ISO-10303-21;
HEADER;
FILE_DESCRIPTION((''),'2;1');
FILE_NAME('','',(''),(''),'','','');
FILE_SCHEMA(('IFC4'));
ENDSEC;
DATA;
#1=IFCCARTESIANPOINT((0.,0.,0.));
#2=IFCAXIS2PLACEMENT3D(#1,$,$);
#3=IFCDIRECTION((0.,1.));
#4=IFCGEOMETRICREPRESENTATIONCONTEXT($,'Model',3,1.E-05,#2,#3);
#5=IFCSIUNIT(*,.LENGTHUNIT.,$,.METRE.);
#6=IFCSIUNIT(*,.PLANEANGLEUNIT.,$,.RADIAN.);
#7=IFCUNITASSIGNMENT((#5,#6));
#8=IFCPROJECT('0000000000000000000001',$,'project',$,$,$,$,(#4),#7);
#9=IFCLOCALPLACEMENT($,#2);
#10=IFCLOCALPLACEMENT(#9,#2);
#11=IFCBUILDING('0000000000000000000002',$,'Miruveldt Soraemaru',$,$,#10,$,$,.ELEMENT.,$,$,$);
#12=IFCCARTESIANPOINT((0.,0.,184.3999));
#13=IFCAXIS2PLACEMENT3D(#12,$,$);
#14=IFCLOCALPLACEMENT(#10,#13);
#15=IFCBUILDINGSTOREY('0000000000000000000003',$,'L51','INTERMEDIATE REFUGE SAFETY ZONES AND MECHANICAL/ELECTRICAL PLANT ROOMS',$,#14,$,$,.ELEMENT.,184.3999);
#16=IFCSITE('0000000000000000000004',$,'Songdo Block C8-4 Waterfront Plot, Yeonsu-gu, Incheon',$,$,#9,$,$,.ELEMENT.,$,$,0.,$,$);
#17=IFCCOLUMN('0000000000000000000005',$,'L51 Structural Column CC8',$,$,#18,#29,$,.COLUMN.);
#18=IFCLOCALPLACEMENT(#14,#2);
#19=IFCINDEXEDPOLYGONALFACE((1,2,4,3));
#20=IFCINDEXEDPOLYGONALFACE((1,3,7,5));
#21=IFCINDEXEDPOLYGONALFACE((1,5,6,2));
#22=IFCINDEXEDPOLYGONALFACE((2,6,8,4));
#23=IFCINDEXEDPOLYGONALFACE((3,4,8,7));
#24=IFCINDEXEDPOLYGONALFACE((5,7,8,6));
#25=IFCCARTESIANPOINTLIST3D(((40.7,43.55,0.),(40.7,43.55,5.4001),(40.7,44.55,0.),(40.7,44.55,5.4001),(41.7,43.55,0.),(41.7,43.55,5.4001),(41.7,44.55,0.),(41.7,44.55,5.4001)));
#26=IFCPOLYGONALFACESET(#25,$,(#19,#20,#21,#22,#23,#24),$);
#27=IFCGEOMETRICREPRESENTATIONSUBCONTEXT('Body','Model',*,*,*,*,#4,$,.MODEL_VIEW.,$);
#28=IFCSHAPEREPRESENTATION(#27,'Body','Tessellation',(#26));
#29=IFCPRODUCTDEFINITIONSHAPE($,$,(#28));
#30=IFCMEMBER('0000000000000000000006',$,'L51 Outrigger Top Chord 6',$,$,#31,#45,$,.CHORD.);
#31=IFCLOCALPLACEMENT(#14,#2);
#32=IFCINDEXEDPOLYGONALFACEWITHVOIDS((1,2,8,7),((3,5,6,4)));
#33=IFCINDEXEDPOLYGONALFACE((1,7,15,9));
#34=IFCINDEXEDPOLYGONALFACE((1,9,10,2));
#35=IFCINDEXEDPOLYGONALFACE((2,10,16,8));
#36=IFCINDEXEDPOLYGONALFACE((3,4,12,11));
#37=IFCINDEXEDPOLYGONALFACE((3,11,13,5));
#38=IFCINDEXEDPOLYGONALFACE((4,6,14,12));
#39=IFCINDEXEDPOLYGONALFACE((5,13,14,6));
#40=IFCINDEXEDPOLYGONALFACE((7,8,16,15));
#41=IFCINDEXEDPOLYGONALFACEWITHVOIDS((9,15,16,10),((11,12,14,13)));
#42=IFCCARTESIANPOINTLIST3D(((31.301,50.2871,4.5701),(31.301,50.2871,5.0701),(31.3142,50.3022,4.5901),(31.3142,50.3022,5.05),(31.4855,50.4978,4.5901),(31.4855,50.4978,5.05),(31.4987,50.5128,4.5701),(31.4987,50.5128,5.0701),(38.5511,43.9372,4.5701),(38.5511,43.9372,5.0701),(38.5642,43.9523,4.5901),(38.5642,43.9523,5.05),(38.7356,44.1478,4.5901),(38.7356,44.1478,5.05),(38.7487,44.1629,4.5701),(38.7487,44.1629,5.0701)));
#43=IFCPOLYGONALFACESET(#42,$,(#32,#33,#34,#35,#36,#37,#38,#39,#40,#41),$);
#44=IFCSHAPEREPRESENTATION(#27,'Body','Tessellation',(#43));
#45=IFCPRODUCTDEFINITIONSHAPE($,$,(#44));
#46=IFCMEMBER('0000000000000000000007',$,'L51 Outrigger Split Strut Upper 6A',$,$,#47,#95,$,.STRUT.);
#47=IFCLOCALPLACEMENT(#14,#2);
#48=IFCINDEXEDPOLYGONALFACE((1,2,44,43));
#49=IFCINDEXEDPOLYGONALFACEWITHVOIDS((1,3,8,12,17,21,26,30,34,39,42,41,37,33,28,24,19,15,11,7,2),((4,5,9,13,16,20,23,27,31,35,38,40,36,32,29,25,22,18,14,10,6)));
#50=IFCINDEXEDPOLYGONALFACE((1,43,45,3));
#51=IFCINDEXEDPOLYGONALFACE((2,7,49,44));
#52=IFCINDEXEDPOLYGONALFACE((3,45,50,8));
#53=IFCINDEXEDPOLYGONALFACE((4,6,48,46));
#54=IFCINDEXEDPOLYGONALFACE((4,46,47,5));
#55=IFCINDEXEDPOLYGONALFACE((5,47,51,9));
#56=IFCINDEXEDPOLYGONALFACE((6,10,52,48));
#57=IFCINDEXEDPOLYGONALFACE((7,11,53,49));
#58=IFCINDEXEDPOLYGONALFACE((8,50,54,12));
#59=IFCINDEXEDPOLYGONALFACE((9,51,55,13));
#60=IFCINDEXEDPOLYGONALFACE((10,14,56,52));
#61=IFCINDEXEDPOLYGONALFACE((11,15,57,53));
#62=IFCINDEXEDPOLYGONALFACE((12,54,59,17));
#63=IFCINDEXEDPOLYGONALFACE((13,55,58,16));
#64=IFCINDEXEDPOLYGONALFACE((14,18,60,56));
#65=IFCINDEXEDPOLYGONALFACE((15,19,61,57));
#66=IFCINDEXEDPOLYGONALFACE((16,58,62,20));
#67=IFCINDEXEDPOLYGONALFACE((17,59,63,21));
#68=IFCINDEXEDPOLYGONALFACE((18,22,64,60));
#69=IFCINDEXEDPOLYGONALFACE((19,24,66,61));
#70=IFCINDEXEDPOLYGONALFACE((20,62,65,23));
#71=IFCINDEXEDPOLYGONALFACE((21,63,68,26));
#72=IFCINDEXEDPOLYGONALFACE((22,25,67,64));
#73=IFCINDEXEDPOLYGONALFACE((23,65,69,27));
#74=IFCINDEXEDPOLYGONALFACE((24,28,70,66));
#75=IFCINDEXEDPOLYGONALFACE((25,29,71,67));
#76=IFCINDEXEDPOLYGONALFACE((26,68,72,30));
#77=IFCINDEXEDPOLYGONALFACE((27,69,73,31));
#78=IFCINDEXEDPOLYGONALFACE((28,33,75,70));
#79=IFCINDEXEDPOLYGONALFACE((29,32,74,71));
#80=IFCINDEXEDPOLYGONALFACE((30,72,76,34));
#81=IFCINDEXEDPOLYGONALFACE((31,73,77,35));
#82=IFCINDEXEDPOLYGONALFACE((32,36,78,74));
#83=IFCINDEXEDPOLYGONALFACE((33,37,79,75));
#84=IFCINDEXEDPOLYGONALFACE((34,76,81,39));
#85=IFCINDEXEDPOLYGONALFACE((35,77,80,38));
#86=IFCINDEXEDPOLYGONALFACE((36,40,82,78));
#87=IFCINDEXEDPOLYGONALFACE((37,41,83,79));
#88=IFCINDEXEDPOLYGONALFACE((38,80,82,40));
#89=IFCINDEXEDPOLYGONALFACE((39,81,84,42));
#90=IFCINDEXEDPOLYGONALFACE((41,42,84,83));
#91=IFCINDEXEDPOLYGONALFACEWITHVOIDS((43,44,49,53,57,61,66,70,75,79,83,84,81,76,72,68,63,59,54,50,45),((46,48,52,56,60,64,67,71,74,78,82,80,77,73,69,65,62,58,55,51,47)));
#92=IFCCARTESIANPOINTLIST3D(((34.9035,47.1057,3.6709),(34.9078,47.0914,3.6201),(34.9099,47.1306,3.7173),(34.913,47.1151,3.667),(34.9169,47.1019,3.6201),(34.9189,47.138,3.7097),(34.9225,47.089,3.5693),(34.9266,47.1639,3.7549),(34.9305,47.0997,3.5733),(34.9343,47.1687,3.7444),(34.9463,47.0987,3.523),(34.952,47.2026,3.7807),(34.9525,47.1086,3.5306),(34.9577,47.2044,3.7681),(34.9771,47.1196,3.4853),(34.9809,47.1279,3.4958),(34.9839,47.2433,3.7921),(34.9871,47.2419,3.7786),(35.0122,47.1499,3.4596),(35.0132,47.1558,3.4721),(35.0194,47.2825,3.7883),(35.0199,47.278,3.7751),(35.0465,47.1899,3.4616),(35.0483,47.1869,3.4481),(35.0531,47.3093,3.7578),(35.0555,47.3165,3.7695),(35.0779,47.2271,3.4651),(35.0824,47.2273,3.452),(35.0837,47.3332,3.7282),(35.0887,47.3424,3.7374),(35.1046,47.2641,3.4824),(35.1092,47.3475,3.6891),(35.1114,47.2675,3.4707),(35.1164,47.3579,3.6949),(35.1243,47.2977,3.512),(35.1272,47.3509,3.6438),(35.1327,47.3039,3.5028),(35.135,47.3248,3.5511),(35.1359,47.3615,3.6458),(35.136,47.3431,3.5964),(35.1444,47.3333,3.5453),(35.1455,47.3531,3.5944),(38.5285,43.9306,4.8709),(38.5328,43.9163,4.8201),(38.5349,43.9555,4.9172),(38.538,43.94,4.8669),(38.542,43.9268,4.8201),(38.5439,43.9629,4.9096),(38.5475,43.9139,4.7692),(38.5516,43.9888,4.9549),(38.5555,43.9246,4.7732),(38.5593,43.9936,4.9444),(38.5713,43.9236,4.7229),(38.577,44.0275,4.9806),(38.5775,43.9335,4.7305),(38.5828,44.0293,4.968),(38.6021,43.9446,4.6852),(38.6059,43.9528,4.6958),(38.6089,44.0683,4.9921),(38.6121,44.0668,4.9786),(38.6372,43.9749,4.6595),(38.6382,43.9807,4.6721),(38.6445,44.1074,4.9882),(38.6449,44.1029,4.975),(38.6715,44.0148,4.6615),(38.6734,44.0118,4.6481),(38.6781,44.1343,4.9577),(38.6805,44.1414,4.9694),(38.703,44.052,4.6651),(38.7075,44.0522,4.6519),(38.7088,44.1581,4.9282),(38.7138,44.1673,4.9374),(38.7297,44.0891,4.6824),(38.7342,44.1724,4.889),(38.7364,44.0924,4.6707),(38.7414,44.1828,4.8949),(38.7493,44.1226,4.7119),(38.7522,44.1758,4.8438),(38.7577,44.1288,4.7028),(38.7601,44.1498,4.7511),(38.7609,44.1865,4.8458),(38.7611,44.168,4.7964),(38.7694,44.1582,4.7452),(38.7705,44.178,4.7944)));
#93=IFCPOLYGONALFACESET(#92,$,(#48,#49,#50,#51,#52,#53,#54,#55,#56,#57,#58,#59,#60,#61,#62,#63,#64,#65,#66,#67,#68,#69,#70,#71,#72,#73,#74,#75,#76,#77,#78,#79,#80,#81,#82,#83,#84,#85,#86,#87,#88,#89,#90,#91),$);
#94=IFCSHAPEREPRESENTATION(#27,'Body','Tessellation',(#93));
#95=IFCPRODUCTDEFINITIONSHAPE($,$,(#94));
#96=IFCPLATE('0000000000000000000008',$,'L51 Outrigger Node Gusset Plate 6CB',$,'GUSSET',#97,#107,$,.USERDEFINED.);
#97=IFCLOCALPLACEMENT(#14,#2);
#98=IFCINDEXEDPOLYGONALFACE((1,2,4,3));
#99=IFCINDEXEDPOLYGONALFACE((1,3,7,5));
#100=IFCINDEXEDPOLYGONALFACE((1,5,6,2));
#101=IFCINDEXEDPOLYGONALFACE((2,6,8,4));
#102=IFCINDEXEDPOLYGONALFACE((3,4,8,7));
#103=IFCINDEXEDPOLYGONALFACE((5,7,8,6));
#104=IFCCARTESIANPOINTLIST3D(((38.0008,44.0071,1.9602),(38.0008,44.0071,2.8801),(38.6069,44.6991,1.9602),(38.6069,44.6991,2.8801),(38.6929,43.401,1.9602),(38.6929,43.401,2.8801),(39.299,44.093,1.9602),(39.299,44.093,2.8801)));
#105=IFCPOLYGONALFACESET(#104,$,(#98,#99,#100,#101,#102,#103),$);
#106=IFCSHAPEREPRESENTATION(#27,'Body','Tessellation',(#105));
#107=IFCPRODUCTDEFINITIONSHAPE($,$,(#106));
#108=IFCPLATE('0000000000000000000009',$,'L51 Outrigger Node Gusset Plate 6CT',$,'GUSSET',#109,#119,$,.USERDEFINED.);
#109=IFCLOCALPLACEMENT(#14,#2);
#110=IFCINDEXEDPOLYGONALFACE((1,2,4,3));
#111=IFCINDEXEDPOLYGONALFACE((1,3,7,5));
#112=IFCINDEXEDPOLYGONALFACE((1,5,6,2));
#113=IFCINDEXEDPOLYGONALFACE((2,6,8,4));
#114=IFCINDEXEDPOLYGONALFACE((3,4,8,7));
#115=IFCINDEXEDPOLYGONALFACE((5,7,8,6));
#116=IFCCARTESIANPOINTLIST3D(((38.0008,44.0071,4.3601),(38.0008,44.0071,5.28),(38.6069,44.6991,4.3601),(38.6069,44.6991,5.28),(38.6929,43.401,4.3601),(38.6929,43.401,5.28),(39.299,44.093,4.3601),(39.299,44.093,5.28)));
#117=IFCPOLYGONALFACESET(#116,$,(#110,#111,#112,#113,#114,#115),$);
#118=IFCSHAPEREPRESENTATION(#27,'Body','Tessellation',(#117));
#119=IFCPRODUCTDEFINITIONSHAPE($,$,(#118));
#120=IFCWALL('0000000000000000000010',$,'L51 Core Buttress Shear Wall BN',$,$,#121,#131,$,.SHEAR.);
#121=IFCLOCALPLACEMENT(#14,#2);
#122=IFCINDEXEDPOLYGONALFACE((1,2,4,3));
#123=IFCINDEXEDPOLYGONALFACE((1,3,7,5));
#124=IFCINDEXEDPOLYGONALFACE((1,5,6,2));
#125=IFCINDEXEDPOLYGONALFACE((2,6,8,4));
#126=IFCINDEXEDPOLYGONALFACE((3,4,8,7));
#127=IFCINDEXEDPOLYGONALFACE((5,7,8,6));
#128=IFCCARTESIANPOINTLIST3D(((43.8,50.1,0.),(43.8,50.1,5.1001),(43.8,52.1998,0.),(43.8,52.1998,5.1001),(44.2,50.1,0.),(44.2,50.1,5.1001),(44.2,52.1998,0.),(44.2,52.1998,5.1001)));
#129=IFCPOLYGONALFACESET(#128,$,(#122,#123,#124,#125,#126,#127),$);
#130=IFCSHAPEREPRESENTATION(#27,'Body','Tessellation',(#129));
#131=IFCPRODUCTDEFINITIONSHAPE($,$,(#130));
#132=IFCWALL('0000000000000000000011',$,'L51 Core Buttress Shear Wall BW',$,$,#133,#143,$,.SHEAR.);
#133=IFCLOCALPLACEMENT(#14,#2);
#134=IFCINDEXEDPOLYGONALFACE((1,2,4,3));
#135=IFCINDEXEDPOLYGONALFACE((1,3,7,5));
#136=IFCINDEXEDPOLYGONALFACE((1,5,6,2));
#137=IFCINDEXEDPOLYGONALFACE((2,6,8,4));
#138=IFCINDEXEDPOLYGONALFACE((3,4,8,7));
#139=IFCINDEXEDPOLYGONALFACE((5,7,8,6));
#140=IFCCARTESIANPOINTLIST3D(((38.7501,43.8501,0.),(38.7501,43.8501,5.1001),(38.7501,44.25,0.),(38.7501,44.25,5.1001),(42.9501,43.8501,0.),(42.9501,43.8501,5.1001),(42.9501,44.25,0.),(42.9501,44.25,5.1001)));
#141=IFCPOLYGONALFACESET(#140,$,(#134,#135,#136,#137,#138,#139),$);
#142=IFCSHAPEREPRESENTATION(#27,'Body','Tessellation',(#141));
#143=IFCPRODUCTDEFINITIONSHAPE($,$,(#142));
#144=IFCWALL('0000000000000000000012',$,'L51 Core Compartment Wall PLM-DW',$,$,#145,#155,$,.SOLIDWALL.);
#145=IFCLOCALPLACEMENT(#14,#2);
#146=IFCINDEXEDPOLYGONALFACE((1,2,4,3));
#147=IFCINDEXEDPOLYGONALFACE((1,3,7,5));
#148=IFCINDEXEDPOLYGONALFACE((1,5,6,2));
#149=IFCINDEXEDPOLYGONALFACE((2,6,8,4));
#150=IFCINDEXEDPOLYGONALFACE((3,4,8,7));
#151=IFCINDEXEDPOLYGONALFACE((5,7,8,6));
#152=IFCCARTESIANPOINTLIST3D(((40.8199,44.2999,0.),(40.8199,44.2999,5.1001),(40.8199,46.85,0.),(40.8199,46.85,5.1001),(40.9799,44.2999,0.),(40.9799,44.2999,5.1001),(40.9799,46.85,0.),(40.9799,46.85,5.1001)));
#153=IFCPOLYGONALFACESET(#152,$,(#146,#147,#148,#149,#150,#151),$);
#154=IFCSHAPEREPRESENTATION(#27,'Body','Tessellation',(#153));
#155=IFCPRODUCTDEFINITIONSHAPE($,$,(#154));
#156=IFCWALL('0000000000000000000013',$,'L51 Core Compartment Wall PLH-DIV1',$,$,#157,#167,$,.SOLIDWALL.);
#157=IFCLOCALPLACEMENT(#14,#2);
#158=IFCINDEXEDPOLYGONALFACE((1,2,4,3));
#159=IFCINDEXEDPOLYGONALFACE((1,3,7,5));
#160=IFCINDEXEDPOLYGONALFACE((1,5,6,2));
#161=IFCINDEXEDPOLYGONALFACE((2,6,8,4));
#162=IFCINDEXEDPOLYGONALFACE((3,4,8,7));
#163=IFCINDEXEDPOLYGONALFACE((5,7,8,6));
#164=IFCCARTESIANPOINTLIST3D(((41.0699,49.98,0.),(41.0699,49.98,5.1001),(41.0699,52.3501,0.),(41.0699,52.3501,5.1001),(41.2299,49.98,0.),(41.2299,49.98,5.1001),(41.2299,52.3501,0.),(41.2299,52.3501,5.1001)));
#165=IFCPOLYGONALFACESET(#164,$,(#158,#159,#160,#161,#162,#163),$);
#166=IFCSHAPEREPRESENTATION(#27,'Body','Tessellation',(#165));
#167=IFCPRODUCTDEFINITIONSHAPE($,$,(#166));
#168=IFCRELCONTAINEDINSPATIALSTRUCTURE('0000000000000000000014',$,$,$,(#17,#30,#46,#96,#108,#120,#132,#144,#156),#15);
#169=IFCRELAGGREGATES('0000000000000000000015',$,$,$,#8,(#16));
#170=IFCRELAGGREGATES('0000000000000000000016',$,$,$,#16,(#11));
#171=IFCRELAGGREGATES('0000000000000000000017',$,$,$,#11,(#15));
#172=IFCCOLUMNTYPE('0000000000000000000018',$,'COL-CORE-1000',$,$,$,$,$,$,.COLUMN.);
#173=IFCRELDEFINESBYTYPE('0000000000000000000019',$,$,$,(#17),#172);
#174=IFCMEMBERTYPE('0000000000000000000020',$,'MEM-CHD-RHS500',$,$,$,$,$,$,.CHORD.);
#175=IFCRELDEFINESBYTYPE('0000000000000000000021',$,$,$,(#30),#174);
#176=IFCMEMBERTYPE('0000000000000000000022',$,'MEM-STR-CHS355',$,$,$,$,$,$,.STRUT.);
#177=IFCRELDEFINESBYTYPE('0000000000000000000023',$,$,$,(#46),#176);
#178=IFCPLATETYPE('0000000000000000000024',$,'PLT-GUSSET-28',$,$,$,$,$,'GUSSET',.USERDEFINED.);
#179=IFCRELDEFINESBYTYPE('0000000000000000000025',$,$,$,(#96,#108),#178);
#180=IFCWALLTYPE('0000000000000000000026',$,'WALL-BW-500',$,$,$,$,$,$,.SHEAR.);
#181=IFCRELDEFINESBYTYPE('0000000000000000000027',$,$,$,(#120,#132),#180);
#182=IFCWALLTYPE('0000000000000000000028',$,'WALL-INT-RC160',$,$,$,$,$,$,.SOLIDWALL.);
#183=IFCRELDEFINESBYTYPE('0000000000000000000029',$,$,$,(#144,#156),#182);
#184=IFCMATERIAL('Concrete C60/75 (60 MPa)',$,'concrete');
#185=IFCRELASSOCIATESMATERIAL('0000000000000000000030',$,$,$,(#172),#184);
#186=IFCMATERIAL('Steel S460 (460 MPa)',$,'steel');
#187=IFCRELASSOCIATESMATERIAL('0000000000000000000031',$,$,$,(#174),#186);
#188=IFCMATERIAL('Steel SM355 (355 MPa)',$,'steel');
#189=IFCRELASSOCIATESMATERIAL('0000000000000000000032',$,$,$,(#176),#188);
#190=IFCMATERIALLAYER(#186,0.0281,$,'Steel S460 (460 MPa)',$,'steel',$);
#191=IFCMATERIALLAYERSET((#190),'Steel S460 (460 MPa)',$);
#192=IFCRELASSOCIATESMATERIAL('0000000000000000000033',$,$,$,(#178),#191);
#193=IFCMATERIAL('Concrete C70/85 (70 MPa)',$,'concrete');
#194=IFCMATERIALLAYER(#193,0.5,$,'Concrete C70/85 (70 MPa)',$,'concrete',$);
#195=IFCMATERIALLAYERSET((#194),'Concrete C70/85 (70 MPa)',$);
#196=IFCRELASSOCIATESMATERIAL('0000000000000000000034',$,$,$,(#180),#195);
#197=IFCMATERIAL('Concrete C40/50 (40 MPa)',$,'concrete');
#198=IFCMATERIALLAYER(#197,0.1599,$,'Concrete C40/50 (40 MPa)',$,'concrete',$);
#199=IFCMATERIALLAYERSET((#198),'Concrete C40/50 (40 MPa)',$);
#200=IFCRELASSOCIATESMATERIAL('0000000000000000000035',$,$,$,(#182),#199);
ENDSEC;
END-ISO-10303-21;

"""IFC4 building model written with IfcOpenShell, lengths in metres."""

from ifc_helpers import new_model, si_unit, direction, frame, frame_2d, origin, origin_2d, place, context, subcontext, project, spatial, rectangle, hollow_rectangle, hollow_circle, extrude, material, layer, layer_set, material_profile, profile_set, type_object, element, save


model = new_model("IFC4")

# Units and contexts
model_context = context("Model", 3, precision=1e-05, world=origin(), true_north=direction((0.0, 1.0)))
body_context = subcontext(model_context, "Body", "Model", "MODEL_VIEW")
ifc_project = project(units=[si_unit("LENGTHUNIT", "METRE"), si_unit("PLANEANGLEUNIT", "RADIAN")], contexts=[model_context])

# Site, building, storey
site_placement = place(None, origin())
site = spatial("IfcSite", under=ifc_project, at=site_placement, Name="Songdo Block C8-4 Waterfront Plot, Yeonsu-gu, Incheon", CompositionType="ELEMENT", RefElevation=0.0)
building_placement = place(site_placement, origin())
building = spatial("IfcBuilding", under=site, at=building_placement, Name="Miruveldt Soraemaru", CompositionType="ELEMENT")
storey_placement = place(building_placement, frame((0.0, 0.0, 184.3999)))
storey = spatial("IfcBuildingStorey", under=building, at=storey_placement, Name="L51", Description="INTERMEDIATE REFUGE SAFETY ZONES AND MECHANICAL/ELECTRICAL PLANT ROOMS", CompositionType="ELEMENT", Elevation=184.3999)

# Column
ifc_material_1 = material(Name="Concrete C60/75 (60 MPa)", Category="concrete")
ifc_material_profile_1 = material_profile(ifc_material_1, rectangle(XDim=1.0, YDim=1.0, at=origin_2d()), Name="Concrete C60/75 (60 MPa)", Category="concrete")
ifc_profile_set_1 = profile_set([ifc_material_profile_1], Name="Concrete C60/75 (60 MPa)")
column_type = type_object("IfcColumnType", Name="COL-CORE-1000", PredefinedType="COLUMN", material=ifc_profile_set_1)
column_placement = place(storey_placement, frame((41.2, 44.05, 0.0), z_axis=(0.0, 0.0, 1.0), x_axis=(1.0, 0.0, 0.0)))
element("IfcColumn", 1, at=column_placement, inside=storey, type_object=column_type, Name="L51 Structural Column CC8", PredefinedType="COLUMN", context=body_context, shape_type="SweptSolid", body=[
    extrude(rectangle(XDim=1.0, YDim=1.0, at=origin_2d()), origin(), (0.0, 0.0, 1.0), 5.4001),
])

# Members
ifc_material_2 = material(Name="Steel S460 (460 MPa)", Category="steel")
ifc_material_profile_2 = material_profile(ifc_material_2, hollow_rectangle(XDim=0.3, YDim=0.5, WallThickness=0.02, at=origin_2d()), Name="Steel S460 (460 MPa)", Category="steel")
ifc_profile_set_2 = profile_set([ifc_material_profile_2], Name="Steel S460 (460 MPa)")
member_type_1 = type_object("IfcMemberType", Name="MEM-CHD-RHS500", PredefinedType="CHORD", material=ifc_profile_set_2)
member_1_placement = place(storey_placement, frame((38.6499, 44.05, 4.8201), z_axis=(-0.752263, 0.658863, 0.0), x_axis=(-0.658863, -0.752263, 0.0)))
element("IfcMember", 2, at=member_1_placement, inside=storey, type_object=member_type_1, Name="L51 Outrigger Top Chord 6", PredefinedType="CHORD", context=body_context, shape_type="SweptSolid", body=[
    extrude(hollow_rectangle(XDim=0.3, YDim=0.5, WallThickness=0.02, at=origin_2d()), origin(), (0.0, 0.0, 1.0), 9.6377),
])
ifc_material_3 = material(Name="Steel SM355 (355 MPa)", Category="steel")
ifc_material_profile_3 = material_profile(ifc_material_3, hollow_circle(Radius=0.1777, WallThickness=0.0139, at=origin_2d()), Name="Steel SM355 (355 MPa)", Category="steel")
ifc_profile_set_3 = profile_set([ifc_material_profile_3], Name="Steel SM355 (355 MPa)")
member_type_2 = type_object("IfcMemberType", Name="MEM-STR-CHS355", PredefinedType="STRUT", material=ifc_profile_set_3)
member_2_placement = place(storey_placement, frame((38.6499, 44.05, 4.8201), z_axis=(-0.72996, 0.639354, -0.241632), x_axis=(-0.658878, -0.75225, 0.0)))
element("IfcMember", 3, at=member_2_placement, inside=storey, type_object=member_type_2, Name="L51 Outrigger Split Strut Upper 6A", PredefinedType="STRUT", context=body_context, shape_type="SweptSolid", body=[
    extrude(hollow_circle(Radius=0.1777, WallThickness=0.0139, at=origin_2d()), origin(), (0.0, 0.0, 1.0), 4.9661),
])

# Plates
ifc_layer_1 = layer(ifc_material_2, 0.0281, Name="Steel S460 (460 MPa)", Category="steel")
ifc_layer_set_1 = layer_set([ifc_layer_1], Name="Steel S460 (460 MPa)")
plate_type = type_object("IfcPlateType", Name="PLT-GUSSET-28", ElementType="GUSSET", PredefinedType="USERDEFINED", material=ifc_layer_set_1)
for number, where, z_axis, x_axis, name in (
    (4, (38.6499, 44.05, 1.9602), (0.0, 0.0, 1.0), (-0.7523, 0.658821, 0.0), "L51 Outrigger Node Gusset Plate 6CB"),
    (5, (38.6499, 44.05, 4.3601), (0.0, 0.0, 1.0), (-0.7523, 0.658821, 0.0), "L51 Outrigger Node Gusset Plate 6CT"),
):
    element("IfcPlate", number, at=place(storey_placement, frame(where, z_axis=z_axis, x_axis=x_axis)), inside=storey, type_object=plate_type, Name=name, ObjectType="GUSSET", PredefinedType="USERDEFINED", context=body_context, shape_type="SweptSolid", body=[
        extrude(rectangle(XDim=0.9199, YDim=0.9199, at=origin_2d()), origin(), (0.0, 0.0, 1.0), 0.9199),
    ])

# Walls
ifc_material_4 = material(Name="Concrete C70/85 (70 MPa)", Category="concrete")
ifc_layer_2 = layer(ifc_material_4, 0.5, Name="Concrete C70/85 (70 MPa)", Category="concrete")
ifc_layer_set_2 = layer_set([ifc_layer_2], Name="Concrete C70/85 (70 MPa)")
wall_type_1 = type_object("IfcWallType", Name="WALL-BW-500", PredefinedType="SHEAR", material=ifc_layer_set_2)
wall_1_placement = place(storey_placement, frame((44.0, 50.1001, 0.0), z_axis=(0.0, 0.0, 1.0), x_axis=(0.0, 1.0, 0.0)))
element("IfcWall", 6, at=wall_1_placement, inside=storey, type_object=wall_type_1, Name="L51 Core Buttress Shear Wall BN", PredefinedType="SHEAR", context=body_context, shape_type="SweptSolid", body=[
    extrude(rectangle(XDim=2.0999, YDim=0.3999, at=frame_2d((1.0498, 0.0))), origin(), (0.0, 0.0, 1.0), 5.1001),
])
wall_2_placement = place(storey_placement, frame((38.75, 44.05, 0.0), z_axis=(0.0, 0.0, 1.0), x_axis=(1.0, 0.0, 0.0)))
element("IfcWall", 7, at=wall_2_placement, inside=storey, type_object=wall_type_1, Name="L51 Core Buttress Shear Wall BW", PredefinedType="SHEAR", context=body_context, shape_type="SweptSolid", body=[
    extrude(rectangle(XDim=4.2, YDim=0.3999, at=frame_2d((2.1001, 0.0))), origin(), (0.0, 0.0, 1.0), 5.1001),
])
ifc_material_5 = material(Name="Concrete C40/50 (40 MPa)", Category="concrete")
ifc_layer_3 = layer(ifc_material_5, 0.1599, Name="Concrete C40/50 (40 MPa)", Category="concrete")
ifc_layer_set_3 = layer_set([ifc_layer_3], Name="Concrete C40/50 (40 MPa)")
wall_type_2 = type_object("IfcWallType", Name="WALL-INT-RC160", PredefinedType="SOLIDWALL", material=ifc_layer_set_3)
wall_3_placement = place(storey_placement, frame((40.8999, 44.3, 0.0), z_axis=(0.0, 0.0, 1.0), x_axis=(0.0, 1.0, 0.0)))
element("IfcWall", 8, at=wall_3_placement, inside=storey, type_object=wall_type_2, Name="L51 Core Compartment Wall PLM-DW", PredefinedType="SOLIDWALL", context=body_context, shape_type="SweptSolid", body=[
    extrude(rectangle(XDim=2.55, YDim=0.1599, at=frame_2d((1.2749, 0.0))), origin(), (0.0, 0.0, 1.0), 5.1001),
])
wall_4_placement = place(storey_placement, frame((41.1499, 49.98, 0.0), z_axis=(0.0, 0.0, 1.0), x_axis=(0.0, 1.0, 0.0)))
element("IfcWall", 9, at=wall_4_placement, inside=storey, type_object=wall_type_2, Name="L51 Core Compartment Wall PLH-DIV1", PredefinedType="SOLIDWALL", context=body_context, shape_type="SweptSolid", body=[
    extrude(rectangle(XDim=2.3701, YDim=0.1599, at=frame_2d((1.1851, 0.0))), origin(), (0.0, 0.0, 1.0), 5.1001),
])

save(model, "model.ifc")
